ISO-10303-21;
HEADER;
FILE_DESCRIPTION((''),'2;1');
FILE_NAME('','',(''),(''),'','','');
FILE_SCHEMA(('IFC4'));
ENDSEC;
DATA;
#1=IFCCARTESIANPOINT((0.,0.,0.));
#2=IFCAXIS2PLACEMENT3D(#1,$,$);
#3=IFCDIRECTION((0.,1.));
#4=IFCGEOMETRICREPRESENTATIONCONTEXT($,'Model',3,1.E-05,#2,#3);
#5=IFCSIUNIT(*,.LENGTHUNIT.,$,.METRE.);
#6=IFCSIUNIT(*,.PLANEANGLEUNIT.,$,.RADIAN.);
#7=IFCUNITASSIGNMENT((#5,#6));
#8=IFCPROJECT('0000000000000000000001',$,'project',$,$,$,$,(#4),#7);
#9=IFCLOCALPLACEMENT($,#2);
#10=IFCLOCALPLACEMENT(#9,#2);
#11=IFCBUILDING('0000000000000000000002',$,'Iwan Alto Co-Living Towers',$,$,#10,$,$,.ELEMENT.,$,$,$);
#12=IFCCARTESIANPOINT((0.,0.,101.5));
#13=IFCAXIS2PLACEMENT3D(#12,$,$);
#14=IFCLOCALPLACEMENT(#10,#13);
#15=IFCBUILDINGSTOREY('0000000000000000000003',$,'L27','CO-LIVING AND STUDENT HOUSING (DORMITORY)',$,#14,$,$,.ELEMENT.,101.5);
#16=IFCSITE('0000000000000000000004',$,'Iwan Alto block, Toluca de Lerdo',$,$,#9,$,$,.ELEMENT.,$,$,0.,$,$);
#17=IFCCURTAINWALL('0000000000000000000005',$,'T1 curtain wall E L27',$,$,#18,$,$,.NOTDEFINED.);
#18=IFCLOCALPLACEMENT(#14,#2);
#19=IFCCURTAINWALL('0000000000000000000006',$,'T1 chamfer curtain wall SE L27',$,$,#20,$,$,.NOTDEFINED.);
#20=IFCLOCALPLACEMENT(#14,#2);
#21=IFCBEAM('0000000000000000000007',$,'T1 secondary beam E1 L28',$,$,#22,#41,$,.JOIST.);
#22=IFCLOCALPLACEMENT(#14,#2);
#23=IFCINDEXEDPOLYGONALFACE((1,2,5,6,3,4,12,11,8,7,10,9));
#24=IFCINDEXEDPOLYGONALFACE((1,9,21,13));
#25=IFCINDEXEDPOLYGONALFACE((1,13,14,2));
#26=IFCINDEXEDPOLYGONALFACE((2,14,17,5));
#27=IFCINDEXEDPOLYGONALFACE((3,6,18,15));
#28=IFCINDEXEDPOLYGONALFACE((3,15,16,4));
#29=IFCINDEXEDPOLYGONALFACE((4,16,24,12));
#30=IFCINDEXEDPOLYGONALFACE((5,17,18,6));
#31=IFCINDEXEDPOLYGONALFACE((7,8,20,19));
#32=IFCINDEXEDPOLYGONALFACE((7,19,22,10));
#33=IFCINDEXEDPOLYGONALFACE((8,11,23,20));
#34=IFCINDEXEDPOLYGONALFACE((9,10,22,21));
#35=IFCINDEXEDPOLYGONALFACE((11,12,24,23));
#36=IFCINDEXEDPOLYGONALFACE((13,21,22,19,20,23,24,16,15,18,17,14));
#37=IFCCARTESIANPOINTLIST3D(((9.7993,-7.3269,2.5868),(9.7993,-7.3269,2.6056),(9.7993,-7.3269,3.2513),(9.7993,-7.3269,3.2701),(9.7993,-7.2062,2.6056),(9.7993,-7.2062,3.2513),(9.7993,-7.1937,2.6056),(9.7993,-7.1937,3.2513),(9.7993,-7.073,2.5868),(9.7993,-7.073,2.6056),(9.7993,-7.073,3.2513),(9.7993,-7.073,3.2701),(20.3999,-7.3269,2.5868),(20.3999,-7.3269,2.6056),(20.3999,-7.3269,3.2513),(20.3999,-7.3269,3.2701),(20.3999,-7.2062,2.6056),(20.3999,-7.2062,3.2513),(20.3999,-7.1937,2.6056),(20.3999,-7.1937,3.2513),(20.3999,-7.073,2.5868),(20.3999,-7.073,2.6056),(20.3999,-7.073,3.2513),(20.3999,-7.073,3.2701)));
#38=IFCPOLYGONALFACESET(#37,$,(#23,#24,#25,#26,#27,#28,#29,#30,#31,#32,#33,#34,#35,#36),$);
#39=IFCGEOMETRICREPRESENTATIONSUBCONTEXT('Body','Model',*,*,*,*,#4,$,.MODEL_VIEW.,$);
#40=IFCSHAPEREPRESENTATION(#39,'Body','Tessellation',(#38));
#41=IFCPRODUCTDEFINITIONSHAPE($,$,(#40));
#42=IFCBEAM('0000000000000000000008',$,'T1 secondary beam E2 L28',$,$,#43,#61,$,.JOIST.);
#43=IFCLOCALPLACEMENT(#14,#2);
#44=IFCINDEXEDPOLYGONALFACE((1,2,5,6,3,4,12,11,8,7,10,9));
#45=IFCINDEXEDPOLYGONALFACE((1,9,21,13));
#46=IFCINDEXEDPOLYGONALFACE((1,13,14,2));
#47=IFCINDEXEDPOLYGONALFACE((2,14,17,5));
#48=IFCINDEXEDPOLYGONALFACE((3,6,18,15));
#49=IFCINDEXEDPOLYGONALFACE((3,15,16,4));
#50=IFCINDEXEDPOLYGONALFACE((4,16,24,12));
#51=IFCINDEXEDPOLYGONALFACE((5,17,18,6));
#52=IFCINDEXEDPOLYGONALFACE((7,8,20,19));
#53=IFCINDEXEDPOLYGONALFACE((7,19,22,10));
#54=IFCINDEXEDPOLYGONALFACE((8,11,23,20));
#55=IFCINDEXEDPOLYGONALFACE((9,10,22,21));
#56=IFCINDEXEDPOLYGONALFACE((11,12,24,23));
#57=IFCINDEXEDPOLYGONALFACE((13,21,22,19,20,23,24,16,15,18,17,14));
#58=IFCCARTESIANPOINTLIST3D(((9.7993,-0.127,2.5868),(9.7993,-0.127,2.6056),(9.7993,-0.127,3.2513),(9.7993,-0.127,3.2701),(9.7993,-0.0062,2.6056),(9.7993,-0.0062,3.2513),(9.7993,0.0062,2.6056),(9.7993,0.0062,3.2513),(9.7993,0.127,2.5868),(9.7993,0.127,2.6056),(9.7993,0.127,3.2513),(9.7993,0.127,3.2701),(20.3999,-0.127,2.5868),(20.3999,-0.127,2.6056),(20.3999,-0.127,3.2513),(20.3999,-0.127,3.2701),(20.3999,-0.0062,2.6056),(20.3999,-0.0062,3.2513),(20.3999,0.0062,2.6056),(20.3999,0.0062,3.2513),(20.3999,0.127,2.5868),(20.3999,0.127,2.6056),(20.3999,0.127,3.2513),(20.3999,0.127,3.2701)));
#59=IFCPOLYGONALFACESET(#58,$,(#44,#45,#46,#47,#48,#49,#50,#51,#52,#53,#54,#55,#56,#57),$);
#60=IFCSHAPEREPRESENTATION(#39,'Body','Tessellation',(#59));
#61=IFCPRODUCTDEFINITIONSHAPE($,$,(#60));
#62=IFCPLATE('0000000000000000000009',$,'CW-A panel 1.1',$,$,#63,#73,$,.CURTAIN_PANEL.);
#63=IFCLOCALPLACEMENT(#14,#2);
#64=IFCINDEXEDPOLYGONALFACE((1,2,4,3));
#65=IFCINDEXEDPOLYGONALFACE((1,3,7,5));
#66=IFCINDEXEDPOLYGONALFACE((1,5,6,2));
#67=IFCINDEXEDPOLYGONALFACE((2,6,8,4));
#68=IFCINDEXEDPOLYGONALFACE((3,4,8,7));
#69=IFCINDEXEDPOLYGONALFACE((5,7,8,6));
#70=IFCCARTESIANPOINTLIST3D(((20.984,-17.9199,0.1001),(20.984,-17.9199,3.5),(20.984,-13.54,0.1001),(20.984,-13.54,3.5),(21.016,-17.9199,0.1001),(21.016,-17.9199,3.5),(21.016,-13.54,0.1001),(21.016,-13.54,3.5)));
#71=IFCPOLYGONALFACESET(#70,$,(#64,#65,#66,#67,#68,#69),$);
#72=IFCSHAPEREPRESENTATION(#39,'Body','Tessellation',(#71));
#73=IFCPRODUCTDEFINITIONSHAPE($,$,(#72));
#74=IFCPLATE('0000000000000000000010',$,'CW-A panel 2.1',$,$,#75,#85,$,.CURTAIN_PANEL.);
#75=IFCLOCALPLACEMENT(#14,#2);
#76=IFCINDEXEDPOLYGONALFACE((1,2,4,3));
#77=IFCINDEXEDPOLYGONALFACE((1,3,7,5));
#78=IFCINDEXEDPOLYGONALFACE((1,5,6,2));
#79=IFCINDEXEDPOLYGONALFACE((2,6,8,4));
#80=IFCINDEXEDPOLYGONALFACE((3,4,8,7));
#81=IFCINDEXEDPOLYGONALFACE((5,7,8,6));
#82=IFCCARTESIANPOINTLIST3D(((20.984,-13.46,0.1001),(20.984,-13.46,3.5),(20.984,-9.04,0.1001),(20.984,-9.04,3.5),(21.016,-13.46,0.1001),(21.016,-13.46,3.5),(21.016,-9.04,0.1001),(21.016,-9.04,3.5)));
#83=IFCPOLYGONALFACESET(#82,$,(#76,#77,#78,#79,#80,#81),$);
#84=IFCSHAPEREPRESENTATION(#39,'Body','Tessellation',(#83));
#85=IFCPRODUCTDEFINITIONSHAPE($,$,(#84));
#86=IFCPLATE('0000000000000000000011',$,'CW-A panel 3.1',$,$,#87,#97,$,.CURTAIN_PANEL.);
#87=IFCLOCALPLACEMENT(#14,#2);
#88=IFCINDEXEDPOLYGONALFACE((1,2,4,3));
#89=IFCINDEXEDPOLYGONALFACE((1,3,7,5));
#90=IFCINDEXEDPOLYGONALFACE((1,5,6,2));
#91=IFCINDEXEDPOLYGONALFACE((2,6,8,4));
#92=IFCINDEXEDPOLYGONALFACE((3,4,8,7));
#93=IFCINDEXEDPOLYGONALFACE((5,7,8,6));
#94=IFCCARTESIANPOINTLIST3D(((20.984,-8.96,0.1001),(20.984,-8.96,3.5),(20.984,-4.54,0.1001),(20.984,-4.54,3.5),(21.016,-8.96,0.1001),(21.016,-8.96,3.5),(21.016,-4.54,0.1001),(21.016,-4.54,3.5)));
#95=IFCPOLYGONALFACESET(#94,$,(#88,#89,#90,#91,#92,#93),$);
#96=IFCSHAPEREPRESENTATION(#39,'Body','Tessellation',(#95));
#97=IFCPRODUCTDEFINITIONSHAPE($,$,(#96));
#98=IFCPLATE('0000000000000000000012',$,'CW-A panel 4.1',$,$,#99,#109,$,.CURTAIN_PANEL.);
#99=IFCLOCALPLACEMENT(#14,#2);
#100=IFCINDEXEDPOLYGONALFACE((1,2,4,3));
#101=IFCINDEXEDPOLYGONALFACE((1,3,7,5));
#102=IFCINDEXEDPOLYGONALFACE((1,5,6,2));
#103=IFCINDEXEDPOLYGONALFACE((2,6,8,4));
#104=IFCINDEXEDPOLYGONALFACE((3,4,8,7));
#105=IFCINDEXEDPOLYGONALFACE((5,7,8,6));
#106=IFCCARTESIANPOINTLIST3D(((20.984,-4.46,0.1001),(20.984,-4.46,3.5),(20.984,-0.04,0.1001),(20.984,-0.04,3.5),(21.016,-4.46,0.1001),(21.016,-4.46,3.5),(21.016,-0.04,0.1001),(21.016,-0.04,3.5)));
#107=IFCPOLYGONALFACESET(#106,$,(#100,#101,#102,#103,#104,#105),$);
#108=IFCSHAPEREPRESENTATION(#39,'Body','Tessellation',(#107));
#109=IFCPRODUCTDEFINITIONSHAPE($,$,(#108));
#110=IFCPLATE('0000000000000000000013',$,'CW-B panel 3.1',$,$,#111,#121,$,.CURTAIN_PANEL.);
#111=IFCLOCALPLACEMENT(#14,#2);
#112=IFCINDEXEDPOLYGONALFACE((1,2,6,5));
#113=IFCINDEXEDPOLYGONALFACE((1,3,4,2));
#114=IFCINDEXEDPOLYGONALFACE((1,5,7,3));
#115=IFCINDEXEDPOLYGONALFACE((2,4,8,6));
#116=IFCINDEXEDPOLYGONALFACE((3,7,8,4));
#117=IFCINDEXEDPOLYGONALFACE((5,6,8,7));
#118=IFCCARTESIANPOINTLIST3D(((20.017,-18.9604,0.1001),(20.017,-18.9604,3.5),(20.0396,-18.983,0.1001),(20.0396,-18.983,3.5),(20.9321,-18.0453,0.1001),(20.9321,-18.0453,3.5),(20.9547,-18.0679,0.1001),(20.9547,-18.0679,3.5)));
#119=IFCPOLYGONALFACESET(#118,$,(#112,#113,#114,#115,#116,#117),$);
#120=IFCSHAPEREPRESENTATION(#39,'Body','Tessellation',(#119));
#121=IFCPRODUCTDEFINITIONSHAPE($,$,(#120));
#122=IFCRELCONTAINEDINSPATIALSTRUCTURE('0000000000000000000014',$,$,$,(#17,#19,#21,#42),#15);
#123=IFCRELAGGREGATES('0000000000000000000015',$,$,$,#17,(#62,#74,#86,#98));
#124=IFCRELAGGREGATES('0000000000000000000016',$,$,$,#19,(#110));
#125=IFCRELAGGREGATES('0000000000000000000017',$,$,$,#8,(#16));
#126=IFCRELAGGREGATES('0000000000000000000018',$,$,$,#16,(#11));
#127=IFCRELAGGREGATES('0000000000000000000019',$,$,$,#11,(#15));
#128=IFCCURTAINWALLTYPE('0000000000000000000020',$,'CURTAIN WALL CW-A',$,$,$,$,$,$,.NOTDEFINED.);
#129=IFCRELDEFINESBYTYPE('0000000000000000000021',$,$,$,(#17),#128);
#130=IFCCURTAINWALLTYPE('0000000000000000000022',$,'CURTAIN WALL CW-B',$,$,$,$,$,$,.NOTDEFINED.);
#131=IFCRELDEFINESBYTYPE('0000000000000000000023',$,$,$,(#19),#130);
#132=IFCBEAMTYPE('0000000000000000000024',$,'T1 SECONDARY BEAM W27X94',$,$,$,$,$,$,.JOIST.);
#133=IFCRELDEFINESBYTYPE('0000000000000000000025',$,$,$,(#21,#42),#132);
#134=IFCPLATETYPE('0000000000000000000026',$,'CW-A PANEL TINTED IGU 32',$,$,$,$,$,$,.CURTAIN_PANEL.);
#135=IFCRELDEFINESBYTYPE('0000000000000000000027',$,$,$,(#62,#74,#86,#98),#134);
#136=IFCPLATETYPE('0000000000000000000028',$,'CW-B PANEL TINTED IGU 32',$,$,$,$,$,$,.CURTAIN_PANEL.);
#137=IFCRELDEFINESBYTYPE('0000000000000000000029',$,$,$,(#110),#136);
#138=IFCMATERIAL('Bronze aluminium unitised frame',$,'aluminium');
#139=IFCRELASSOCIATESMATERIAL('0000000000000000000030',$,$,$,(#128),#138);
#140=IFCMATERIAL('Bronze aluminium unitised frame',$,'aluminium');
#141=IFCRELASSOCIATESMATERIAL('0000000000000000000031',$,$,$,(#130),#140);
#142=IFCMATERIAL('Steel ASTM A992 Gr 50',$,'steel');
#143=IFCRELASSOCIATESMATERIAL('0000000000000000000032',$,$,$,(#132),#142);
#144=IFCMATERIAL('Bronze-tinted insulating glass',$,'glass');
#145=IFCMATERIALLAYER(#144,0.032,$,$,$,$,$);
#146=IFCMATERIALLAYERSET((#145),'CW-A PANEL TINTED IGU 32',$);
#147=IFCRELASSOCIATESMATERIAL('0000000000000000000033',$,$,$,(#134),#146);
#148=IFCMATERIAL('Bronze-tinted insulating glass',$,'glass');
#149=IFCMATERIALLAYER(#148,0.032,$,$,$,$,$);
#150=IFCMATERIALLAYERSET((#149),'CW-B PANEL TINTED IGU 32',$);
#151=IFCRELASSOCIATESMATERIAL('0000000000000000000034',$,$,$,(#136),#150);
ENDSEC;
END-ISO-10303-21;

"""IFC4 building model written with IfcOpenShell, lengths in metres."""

from ifc_helpers import new_model, si_unit, direction, frame, origin, origin_2d, place, context, subcontext, project, spatial, rectangle, i_section, extrude, material, layer, layer_set, material_profile, profile_set, type_object, element, aggregate, save


model = new_model("IFC4")

# Units and contexts
model_context = context("Model", 3, precision=1e-05, world=origin(), true_north=direction((0.0, 1.0)))
body_context = subcontext(model_context, "Body", "Model", "MODEL_VIEW")
ifc_project = project(units=[si_unit("LENGTHUNIT", "METRE"), si_unit("PLANEANGLEUNIT", "RADIAN")], contexts=[model_context])

# Site, building, storey
site_placement = place(None, origin())
site = spatial("IfcSite", under=ifc_project, at=site_placement, Name="Iwan Alto block, Toluca de Lerdo", CompositionType="ELEMENT", RefElevation=0.0)
building_placement = place(site_placement, origin())
building = spatial("IfcBuilding", under=site, at=building_placement, Name="Iwan Alto Co-Living Towers", CompositionType="ELEMENT")
storey_placement = place(building_placement, frame((0.0, 0.0, 101.5)))
storey = spatial("IfcBuildingStorey", under=building, at=storey_placement, Name="L27", Description="CO-LIVING AND STUDENT HOUSING (DORMITORY)", CompositionType="ELEMENT", Elevation=101.5)

# Curtain wall
ifc_material_1 = material(Name="Bronze aluminium unitised frame", Category="aluminium")
curtain_wall_type_1 = type_object("IfcCurtainWallType", Name="CURTAIN WALL CW-A", PredefinedType="NOTDEFINED", material=ifc_material_1)
curtain_wall_1_placement = place(storey_placement, origin())
curtain_wall_1 = element("IfcCurtainWall", 1, at=curtain_wall_1_placement, inside=storey, type_object=curtain_wall_type_1, Name="T1 curtain wall E L27", PredefinedType="NOTDEFINED")

# Curtain wall
ifc_material_2 = material(Name="Bronze aluminium unitised frame", Category="aluminium")
curtain_wall_type_2 = type_object("IfcCurtainWallType", Name="CURTAIN WALL CW-B", PredefinedType="NOTDEFINED", material=ifc_material_2)
curtain_wall_2_placement = place(storey_placement, origin())
curtain_wall_2 = element("IfcCurtainWall", 2, at=curtain_wall_2_placement, inside=storey, type_object=curtain_wall_type_2, Name="T1 chamfer curtain wall SE L27", PredefinedType="NOTDEFINED")

# Beams
ifc_material_3 = material(Name="Steel ASTM A992 Gr 50", Category="steel")
ifc_material_profile_1 = material_profile(ifc_material_3, i_section(OverallWidth=0.2539, OverallDepth=0.6833, WebThickness=0.0125, FlangeThickness=0.0188, at=origin_2d()), Name="W27X94")
ifc_profile_set_1 = profile_set([ifc_material_profile_1], Name="Steel ASTM A992 Gr 50")
beam_type_1 = type_object("IfcBeamType", Name="T1 SECONDARY BEAM W27X94", PredefinedType="JOIST", material=ifc_profile_set_1)
for number, where, z_axis, x_axis, name in (
    (3, (20.3999, -7.2, 2.9285), (-1.0, 0.0, 0.0), (0.0, -1.0, 0.0), "T1 secondary beam E1 L28"),
    (4, (20.3999, 0.0, 2.9285), (-1.0, 0.0, 0.0), (0.0, -1.0, 0.0), "T1 secondary beam E2 L28"),
):
    element("IfcBeam", number, at=place(storey_placement, frame(where, z_axis=z_axis, x_axis=x_axis)), inside=storey, type_object=beam_type_1, Name=name, PredefinedType="JOIST", context=body_context, shape_type="SweptSolid", body=[
        extrude(i_section(OverallWidth=0.2539, OverallDepth=0.6833, WebThickness=0.0125, FlangeThickness=0.0188, at=origin_2d()), origin(), (0.0, 0.0, 1.0), 10.6006),
    ])

# Plates
ifc_material_4 = material(Name="Bronze-tinted insulating glass", Category="glass")
ifc_layer_1 = layer(ifc_material_4, 0.032)
ifc_layer_set_1 = layer_set([ifc_layer_1], Name="CW-A PANEL TINTED IGU 32")
plate_type_1 = type_object("IfcPlateType", Name="CW-A PANEL TINTED IGU 32", PredefinedType="CURTAIN_PANEL", material=ifc_layer_set_1)
plate_1_placement = place(storey_placement, frame((21.0, -15.73, 0.1001), z_axis=(0.0, 0.0, 1.0), x_axis=(0.0, 1.0, 0.0)))
plate_1 = element("IfcPlate", 5, at=plate_1_placement, type_object=plate_type_1, Name="CW-A panel 1.1", PredefinedType="CURTAIN_PANEL", context=body_context, shape_type="SweptSolid", body=[
    extrude(rectangle(XDim=4.3799, YDim=0.032, at=origin_2d()), origin(), (0.0, 0.0, 1.0), 3.3999),
])
plate_2_placement = place(storey_placement, frame((21.0, -11.25, 0.1001), z_axis=(0.0, 0.0, 1.0), x_axis=(0.0, 1.0, 0.0)))
plate_2 = element("IfcPlate", 6, at=plate_2_placement, type_object=plate_type_1, Name="CW-A panel 2.1", PredefinedType="CURTAIN_PANEL", context=body_context, shape_type="SweptSolid", body=[
    extrude(rectangle(XDim=4.4199, YDim=0.032, at=origin_2d()), origin(), (0.0, 0.0, 1.0), 3.3999),
])
plate_3_placement = place(storey_placement, frame((21.0, -6.75, 0.1001), z_axis=(0.0, 0.0, 1.0), x_axis=(0.0, 1.0, 0.0)))
plate_3 = element("IfcPlate", 7, at=plate_3_placement, type_object=plate_type_1, Name="CW-A panel 3.1", PredefinedType="CURTAIN_PANEL", context=body_context, shape_type="SweptSolid", body=[
    extrude(rectangle(XDim=4.4199, YDim=0.032, at=origin_2d()), origin(), (0.0, 0.0, 1.0), 3.3999),
])
plate_4_placement = place(storey_placement, frame((21.0, -2.25, 0.1001), z_axis=(0.0, 0.0, 1.0), x_axis=(0.0, 1.0, 0.0)))
plate_4 = element("IfcPlate", 8, at=plate_4_placement, type_object=plate_type_1, Name="CW-A panel 4.1", PredefinedType="CURTAIN_PANEL", context=body_context, shape_type="SweptSolid", body=[
    extrude(rectangle(XDim=4.4199, YDim=0.032, at=origin_2d()), origin(), (0.0, 0.0, 1.0), 3.3999),
])
aggregate(curtain_wall_1, [plate_1, plate_2, plate_3, plate_4])
ifc_material_5 = material(Name="Bronze-tinted insulating glass", Category="glass")
ifc_layer_2 = layer(ifc_material_5, 0.032)
ifc_layer_set_2 = layer_set([ifc_layer_2], Name="CW-B PANEL TINTED IGU 32")
plate_type_2 = type_object("IfcPlateType", Name="CW-B PANEL TINTED IGU 32", PredefinedType="CURTAIN_PANEL", material=ifc_layer_set_2)
plate_5_placement = place(storey_placement, frame((20.4858, -18.5142, 0.1001), z_axis=(0.0, 0.0, 1.0), x_axis=(0.707107, 0.707107, 0.0)))
plate_5 = element("IfcPlate", 9, at=plate_5_placement, type_object=plate_type_2, Name="CW-B panel 3.1", PredefinedType="CURTAIN_PANEL", context=body_context, shape_type="SweptSolid", body=[
    extrude(rectangle(XDim=1.2942, YDim=0.032, at=origin_2d()), origin(), (0.0, 0.0, 1.0), 3.3999),
])
aggregate(curtain_wall_2, [plate_5])

save(model, "model.ifc")
